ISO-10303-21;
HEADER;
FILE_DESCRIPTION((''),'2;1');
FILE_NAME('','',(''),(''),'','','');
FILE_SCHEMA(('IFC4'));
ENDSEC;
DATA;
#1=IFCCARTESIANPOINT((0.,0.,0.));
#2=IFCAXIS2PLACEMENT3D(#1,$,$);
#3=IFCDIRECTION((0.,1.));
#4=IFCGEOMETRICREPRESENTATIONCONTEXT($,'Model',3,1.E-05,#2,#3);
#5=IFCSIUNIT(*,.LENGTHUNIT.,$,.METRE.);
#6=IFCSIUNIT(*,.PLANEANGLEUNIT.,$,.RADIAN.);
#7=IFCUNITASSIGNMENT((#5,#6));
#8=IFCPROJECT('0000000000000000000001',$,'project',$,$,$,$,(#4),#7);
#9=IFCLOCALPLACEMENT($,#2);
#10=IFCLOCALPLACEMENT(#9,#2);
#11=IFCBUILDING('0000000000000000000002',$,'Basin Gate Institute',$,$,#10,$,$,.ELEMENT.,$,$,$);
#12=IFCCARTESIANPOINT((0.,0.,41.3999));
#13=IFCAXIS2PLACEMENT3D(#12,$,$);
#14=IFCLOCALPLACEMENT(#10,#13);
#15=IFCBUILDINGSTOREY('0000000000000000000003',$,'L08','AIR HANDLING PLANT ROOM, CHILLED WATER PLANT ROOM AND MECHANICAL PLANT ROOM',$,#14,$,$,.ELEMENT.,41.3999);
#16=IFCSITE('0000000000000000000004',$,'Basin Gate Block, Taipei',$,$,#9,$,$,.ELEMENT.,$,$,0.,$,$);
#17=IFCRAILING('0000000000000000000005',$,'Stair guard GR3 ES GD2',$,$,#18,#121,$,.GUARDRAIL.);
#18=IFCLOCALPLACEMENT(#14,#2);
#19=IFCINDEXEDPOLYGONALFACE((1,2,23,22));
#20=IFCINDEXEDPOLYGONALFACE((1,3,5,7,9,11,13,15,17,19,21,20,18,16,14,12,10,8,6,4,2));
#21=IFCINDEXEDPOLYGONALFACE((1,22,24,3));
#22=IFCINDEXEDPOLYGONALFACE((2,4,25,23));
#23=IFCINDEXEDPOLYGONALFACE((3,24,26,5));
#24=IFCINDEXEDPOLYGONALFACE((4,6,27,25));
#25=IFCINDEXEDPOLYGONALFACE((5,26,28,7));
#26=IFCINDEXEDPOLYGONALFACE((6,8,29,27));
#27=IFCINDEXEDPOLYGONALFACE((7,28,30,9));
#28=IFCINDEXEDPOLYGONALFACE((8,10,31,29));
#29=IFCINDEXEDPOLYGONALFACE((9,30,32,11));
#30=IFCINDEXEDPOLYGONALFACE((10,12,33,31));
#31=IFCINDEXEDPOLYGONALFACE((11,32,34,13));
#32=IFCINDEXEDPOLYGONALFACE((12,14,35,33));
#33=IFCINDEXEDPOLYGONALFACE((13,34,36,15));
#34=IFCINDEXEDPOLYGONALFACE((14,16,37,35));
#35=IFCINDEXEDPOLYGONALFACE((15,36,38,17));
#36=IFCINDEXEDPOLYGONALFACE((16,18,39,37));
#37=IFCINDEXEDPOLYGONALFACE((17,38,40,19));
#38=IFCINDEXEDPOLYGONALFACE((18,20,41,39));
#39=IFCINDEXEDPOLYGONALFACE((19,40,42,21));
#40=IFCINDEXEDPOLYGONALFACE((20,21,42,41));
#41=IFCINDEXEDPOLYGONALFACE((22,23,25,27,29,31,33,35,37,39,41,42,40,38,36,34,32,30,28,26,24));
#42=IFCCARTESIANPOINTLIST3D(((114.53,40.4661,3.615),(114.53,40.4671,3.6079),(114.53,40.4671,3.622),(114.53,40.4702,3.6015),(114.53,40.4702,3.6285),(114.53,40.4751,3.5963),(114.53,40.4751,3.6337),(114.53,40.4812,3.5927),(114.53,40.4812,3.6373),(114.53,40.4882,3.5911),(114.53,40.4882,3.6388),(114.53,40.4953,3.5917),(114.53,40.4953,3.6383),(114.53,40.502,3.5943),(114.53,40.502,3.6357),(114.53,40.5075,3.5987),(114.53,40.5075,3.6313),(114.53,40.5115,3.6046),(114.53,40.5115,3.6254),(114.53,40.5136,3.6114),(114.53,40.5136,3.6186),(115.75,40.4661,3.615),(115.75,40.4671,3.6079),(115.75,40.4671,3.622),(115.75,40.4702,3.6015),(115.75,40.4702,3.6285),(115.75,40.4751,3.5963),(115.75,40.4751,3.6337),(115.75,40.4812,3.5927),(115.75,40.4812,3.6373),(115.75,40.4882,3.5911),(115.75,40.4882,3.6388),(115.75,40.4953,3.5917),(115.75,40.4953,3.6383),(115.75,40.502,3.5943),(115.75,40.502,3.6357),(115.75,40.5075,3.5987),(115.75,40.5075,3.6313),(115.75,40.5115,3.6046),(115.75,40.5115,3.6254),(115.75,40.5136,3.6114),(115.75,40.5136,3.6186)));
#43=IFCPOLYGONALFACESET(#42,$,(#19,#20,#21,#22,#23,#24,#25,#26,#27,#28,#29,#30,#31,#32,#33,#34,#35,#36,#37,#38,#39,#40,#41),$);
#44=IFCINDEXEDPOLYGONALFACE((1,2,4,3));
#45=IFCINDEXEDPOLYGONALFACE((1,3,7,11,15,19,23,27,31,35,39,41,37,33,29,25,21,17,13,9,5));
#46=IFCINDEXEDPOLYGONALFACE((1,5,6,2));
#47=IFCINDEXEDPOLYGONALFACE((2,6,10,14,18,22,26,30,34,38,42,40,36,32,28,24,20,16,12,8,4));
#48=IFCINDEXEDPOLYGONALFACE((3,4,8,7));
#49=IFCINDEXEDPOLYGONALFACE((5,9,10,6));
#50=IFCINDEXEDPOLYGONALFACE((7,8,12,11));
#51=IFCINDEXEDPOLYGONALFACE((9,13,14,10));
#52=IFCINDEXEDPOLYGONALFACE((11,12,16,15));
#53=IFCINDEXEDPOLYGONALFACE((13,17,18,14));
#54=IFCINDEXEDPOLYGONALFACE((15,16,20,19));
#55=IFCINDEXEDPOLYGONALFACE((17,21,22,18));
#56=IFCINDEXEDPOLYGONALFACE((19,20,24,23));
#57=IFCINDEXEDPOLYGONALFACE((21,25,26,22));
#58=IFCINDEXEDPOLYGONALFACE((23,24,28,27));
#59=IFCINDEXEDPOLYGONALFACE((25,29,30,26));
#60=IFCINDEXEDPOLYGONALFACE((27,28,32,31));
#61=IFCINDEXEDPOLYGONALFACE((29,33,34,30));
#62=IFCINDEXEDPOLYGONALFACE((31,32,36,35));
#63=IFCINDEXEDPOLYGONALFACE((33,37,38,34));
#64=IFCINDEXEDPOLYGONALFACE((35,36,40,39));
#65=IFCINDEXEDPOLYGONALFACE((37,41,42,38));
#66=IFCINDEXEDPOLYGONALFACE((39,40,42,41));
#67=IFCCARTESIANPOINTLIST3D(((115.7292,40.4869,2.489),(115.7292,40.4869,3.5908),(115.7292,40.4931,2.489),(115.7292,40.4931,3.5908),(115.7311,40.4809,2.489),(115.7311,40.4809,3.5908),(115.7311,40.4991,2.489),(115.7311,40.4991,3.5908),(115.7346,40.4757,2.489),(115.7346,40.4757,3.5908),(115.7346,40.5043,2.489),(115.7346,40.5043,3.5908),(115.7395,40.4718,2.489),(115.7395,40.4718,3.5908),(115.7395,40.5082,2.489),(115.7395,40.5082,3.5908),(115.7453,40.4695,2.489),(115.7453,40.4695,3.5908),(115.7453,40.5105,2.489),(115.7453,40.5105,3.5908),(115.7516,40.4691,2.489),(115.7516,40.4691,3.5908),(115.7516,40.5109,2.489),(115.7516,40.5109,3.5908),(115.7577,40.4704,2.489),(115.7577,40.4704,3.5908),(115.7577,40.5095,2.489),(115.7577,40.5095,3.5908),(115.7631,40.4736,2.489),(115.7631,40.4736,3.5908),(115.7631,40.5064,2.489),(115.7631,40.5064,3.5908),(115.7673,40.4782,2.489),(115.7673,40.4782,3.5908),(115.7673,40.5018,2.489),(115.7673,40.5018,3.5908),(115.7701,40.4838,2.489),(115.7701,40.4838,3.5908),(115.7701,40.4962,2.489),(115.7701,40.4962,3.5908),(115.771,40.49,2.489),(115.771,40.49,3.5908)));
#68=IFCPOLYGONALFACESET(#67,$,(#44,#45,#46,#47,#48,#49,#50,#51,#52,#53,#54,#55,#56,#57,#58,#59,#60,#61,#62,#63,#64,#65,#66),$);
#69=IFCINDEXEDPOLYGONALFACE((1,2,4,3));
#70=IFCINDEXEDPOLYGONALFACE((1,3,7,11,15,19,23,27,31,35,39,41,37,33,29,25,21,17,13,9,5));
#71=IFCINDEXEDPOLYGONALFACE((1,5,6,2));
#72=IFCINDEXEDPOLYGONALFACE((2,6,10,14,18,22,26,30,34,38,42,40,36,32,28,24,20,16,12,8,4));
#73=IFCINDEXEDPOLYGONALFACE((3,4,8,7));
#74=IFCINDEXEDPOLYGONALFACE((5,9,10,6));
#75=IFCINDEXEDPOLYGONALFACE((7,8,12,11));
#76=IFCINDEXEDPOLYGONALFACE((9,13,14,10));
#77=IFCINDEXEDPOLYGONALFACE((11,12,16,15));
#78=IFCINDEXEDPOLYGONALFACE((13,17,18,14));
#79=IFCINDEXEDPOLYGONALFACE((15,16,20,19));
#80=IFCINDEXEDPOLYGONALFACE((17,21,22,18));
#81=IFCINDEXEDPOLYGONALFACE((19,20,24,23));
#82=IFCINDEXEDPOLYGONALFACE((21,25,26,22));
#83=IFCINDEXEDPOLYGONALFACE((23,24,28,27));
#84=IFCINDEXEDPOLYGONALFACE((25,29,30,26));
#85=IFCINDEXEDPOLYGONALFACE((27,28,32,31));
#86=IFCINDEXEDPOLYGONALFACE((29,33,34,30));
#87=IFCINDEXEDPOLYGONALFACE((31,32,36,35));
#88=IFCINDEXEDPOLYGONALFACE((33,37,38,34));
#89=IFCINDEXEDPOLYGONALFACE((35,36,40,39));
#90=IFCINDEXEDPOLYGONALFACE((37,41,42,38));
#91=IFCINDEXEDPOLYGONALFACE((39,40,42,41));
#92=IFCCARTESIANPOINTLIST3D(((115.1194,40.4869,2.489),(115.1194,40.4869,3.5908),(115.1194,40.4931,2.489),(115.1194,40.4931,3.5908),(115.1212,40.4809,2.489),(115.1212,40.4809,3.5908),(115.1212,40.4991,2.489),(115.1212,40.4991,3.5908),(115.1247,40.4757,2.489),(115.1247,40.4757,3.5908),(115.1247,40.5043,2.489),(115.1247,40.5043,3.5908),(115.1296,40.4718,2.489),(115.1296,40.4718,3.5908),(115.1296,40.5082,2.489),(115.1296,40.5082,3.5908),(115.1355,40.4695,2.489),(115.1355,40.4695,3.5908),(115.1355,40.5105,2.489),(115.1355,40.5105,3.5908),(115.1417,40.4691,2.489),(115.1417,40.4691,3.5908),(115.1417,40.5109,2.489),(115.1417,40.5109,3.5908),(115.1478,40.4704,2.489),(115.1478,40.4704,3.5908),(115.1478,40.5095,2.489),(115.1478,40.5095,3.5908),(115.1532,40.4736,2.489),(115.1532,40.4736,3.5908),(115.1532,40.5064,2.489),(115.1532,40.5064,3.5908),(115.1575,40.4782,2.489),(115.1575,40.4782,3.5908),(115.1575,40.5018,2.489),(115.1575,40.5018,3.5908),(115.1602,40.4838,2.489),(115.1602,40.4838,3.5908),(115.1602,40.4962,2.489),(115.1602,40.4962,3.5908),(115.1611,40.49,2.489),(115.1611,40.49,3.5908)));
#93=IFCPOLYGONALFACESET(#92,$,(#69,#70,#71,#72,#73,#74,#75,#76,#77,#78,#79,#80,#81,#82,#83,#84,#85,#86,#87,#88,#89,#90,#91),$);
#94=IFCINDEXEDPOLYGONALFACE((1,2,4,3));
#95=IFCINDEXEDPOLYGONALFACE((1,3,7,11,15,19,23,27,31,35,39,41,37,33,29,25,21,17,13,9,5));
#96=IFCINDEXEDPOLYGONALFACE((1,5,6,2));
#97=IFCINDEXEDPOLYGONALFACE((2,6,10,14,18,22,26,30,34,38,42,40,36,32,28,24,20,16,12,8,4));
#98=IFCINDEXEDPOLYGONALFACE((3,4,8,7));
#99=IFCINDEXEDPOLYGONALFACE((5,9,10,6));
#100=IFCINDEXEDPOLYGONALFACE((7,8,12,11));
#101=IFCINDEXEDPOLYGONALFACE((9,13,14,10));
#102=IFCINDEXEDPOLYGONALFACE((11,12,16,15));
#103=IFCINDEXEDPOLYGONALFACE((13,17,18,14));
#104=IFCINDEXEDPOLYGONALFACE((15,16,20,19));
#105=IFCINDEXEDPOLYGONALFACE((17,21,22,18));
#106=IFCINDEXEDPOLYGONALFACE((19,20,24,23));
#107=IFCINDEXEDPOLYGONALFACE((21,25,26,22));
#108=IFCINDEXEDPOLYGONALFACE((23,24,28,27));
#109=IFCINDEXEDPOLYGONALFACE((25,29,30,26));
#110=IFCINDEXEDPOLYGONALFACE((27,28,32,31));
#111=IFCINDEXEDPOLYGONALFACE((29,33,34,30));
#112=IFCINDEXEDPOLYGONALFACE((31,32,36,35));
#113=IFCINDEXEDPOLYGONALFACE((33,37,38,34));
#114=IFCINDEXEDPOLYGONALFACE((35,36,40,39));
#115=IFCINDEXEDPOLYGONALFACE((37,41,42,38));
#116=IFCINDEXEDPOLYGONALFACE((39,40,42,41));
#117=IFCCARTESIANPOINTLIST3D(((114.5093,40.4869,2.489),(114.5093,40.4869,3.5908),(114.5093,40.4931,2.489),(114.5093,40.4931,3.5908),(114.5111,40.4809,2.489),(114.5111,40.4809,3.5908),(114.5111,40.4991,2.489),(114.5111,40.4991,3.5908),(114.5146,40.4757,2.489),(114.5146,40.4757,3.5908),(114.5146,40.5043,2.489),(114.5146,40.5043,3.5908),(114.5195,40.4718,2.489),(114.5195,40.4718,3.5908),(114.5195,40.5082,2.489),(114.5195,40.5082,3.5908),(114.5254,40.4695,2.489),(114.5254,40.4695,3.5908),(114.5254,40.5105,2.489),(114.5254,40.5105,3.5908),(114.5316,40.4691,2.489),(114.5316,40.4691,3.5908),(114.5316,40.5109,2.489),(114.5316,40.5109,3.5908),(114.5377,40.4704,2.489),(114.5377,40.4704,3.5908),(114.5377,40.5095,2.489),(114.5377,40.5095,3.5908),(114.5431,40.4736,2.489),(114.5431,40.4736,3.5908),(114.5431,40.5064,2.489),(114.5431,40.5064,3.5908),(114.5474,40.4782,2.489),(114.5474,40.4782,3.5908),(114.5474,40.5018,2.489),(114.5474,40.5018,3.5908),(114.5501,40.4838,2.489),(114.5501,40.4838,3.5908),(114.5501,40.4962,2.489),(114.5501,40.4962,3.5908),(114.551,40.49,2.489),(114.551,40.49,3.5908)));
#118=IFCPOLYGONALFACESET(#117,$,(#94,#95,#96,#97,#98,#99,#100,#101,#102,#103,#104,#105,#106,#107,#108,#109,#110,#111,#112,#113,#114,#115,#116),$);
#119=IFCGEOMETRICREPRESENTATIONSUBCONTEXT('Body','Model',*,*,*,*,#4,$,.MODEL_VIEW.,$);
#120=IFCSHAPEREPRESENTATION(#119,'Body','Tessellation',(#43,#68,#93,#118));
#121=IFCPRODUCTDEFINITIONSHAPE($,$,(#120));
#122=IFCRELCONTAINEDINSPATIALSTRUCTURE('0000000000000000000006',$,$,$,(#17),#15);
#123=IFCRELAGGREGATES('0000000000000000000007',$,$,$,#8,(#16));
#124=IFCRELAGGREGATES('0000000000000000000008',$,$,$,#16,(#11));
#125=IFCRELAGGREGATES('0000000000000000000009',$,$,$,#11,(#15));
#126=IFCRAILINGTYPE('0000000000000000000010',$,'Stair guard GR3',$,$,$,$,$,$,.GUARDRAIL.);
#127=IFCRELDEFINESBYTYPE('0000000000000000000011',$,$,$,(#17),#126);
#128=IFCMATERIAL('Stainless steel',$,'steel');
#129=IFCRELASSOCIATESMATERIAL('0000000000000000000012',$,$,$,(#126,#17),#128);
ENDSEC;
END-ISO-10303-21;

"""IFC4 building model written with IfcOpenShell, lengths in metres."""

from ifc_helpers import new_model, si_unit, direction, frame, origin, origin_2d, place, context, subcontext, project, spatial, circle, extrude, material, type_object, element, save


model = new_model("IFC4")

# Units and contexts
model_context = context("Model", 3, precision=1e-05, world=origin(), true_north=direction((0.0, 1.0)))
body_context = subcontext(model_context, "Body", "Model", "MODEL_VIEW")
ifc_project = project(units=[si_unit("LENGTHUNIT", "METRE"), si_unit("PLANEANGLEUNIT", "RADIAN")], contexts=[model_context])

# Site, building, storey
site_placement = place(None, origin())
site = spatial("IfcSite", under=ifc_project, at=site_placement, Name="Basin Gate Block, Taipei", CompositionType="ELEMENT", RefElevation=0.0)
building_placement = place(site_placement, origin())
building = spatial("IfcBuilding", under=site, at=building_placement, Name="Basin Gate Institute", CompositionType="ELEMENT")
storey_placement = place(building_placement, frame((0.0, 0.0, 41.3999)))
storey = spatial("IfcBuildingStorey", under=building, at=storey_placement, Name="L08", Description="AIR HANDLING PLANT ROOM, CHILLED WATER PLANT ROOM AND MECHANICAL PLANT ROOM", CompositionType="ELEMENT", Elevation=41.3999)

# Railing
ifc_material_1 = material(Name="Stainless steel", Category="steel")
railing_type_1 = type_object("IfcRailingType", Name="Stair guard GR3", PredefinedType="GUARDRAIL", material=ifc_material_1)
railing_1_placement = place(storey_placement, frame((115.75, 40.49, 2.489)))
element("IfcRailing", 1, at=railing_1_placement, inside=storey, type_object=railing_type_1, material=ifc_material_1, Name="Stair guard GR3 ES GD2", PredefinedType="GUARDRAIL", context=body_context, shape_type="SweptSolid", body=[
    extrude(circle(Radius=0.0239, at=origin_2d()), frame((0.0, 0.0, 1.126), z_axis=(-1.0, 0.0, 0.0), x_axis=(0.0, -1.0, 0.0)), (0.0, 0.0, 1.0), 1.22),
    extrude(circle(Radius=0.021, at=origin_2d()), origin(), (0.0, 0.0, 1.0), 1.1018),
    extrude(circle(Radius=0.021, at=origin_2d()), frame((-0.6099, 0.0, 0.0)), (0.0, 0.0, 1.0), 1.1018),
    extrude(circle(Radius=0.021, at=origin_2d()), frame((-1.22, 0.0, 0.0)), (0.0, 0.0, 1.0), 1.1018),
])

save(model, "model.ifc")
